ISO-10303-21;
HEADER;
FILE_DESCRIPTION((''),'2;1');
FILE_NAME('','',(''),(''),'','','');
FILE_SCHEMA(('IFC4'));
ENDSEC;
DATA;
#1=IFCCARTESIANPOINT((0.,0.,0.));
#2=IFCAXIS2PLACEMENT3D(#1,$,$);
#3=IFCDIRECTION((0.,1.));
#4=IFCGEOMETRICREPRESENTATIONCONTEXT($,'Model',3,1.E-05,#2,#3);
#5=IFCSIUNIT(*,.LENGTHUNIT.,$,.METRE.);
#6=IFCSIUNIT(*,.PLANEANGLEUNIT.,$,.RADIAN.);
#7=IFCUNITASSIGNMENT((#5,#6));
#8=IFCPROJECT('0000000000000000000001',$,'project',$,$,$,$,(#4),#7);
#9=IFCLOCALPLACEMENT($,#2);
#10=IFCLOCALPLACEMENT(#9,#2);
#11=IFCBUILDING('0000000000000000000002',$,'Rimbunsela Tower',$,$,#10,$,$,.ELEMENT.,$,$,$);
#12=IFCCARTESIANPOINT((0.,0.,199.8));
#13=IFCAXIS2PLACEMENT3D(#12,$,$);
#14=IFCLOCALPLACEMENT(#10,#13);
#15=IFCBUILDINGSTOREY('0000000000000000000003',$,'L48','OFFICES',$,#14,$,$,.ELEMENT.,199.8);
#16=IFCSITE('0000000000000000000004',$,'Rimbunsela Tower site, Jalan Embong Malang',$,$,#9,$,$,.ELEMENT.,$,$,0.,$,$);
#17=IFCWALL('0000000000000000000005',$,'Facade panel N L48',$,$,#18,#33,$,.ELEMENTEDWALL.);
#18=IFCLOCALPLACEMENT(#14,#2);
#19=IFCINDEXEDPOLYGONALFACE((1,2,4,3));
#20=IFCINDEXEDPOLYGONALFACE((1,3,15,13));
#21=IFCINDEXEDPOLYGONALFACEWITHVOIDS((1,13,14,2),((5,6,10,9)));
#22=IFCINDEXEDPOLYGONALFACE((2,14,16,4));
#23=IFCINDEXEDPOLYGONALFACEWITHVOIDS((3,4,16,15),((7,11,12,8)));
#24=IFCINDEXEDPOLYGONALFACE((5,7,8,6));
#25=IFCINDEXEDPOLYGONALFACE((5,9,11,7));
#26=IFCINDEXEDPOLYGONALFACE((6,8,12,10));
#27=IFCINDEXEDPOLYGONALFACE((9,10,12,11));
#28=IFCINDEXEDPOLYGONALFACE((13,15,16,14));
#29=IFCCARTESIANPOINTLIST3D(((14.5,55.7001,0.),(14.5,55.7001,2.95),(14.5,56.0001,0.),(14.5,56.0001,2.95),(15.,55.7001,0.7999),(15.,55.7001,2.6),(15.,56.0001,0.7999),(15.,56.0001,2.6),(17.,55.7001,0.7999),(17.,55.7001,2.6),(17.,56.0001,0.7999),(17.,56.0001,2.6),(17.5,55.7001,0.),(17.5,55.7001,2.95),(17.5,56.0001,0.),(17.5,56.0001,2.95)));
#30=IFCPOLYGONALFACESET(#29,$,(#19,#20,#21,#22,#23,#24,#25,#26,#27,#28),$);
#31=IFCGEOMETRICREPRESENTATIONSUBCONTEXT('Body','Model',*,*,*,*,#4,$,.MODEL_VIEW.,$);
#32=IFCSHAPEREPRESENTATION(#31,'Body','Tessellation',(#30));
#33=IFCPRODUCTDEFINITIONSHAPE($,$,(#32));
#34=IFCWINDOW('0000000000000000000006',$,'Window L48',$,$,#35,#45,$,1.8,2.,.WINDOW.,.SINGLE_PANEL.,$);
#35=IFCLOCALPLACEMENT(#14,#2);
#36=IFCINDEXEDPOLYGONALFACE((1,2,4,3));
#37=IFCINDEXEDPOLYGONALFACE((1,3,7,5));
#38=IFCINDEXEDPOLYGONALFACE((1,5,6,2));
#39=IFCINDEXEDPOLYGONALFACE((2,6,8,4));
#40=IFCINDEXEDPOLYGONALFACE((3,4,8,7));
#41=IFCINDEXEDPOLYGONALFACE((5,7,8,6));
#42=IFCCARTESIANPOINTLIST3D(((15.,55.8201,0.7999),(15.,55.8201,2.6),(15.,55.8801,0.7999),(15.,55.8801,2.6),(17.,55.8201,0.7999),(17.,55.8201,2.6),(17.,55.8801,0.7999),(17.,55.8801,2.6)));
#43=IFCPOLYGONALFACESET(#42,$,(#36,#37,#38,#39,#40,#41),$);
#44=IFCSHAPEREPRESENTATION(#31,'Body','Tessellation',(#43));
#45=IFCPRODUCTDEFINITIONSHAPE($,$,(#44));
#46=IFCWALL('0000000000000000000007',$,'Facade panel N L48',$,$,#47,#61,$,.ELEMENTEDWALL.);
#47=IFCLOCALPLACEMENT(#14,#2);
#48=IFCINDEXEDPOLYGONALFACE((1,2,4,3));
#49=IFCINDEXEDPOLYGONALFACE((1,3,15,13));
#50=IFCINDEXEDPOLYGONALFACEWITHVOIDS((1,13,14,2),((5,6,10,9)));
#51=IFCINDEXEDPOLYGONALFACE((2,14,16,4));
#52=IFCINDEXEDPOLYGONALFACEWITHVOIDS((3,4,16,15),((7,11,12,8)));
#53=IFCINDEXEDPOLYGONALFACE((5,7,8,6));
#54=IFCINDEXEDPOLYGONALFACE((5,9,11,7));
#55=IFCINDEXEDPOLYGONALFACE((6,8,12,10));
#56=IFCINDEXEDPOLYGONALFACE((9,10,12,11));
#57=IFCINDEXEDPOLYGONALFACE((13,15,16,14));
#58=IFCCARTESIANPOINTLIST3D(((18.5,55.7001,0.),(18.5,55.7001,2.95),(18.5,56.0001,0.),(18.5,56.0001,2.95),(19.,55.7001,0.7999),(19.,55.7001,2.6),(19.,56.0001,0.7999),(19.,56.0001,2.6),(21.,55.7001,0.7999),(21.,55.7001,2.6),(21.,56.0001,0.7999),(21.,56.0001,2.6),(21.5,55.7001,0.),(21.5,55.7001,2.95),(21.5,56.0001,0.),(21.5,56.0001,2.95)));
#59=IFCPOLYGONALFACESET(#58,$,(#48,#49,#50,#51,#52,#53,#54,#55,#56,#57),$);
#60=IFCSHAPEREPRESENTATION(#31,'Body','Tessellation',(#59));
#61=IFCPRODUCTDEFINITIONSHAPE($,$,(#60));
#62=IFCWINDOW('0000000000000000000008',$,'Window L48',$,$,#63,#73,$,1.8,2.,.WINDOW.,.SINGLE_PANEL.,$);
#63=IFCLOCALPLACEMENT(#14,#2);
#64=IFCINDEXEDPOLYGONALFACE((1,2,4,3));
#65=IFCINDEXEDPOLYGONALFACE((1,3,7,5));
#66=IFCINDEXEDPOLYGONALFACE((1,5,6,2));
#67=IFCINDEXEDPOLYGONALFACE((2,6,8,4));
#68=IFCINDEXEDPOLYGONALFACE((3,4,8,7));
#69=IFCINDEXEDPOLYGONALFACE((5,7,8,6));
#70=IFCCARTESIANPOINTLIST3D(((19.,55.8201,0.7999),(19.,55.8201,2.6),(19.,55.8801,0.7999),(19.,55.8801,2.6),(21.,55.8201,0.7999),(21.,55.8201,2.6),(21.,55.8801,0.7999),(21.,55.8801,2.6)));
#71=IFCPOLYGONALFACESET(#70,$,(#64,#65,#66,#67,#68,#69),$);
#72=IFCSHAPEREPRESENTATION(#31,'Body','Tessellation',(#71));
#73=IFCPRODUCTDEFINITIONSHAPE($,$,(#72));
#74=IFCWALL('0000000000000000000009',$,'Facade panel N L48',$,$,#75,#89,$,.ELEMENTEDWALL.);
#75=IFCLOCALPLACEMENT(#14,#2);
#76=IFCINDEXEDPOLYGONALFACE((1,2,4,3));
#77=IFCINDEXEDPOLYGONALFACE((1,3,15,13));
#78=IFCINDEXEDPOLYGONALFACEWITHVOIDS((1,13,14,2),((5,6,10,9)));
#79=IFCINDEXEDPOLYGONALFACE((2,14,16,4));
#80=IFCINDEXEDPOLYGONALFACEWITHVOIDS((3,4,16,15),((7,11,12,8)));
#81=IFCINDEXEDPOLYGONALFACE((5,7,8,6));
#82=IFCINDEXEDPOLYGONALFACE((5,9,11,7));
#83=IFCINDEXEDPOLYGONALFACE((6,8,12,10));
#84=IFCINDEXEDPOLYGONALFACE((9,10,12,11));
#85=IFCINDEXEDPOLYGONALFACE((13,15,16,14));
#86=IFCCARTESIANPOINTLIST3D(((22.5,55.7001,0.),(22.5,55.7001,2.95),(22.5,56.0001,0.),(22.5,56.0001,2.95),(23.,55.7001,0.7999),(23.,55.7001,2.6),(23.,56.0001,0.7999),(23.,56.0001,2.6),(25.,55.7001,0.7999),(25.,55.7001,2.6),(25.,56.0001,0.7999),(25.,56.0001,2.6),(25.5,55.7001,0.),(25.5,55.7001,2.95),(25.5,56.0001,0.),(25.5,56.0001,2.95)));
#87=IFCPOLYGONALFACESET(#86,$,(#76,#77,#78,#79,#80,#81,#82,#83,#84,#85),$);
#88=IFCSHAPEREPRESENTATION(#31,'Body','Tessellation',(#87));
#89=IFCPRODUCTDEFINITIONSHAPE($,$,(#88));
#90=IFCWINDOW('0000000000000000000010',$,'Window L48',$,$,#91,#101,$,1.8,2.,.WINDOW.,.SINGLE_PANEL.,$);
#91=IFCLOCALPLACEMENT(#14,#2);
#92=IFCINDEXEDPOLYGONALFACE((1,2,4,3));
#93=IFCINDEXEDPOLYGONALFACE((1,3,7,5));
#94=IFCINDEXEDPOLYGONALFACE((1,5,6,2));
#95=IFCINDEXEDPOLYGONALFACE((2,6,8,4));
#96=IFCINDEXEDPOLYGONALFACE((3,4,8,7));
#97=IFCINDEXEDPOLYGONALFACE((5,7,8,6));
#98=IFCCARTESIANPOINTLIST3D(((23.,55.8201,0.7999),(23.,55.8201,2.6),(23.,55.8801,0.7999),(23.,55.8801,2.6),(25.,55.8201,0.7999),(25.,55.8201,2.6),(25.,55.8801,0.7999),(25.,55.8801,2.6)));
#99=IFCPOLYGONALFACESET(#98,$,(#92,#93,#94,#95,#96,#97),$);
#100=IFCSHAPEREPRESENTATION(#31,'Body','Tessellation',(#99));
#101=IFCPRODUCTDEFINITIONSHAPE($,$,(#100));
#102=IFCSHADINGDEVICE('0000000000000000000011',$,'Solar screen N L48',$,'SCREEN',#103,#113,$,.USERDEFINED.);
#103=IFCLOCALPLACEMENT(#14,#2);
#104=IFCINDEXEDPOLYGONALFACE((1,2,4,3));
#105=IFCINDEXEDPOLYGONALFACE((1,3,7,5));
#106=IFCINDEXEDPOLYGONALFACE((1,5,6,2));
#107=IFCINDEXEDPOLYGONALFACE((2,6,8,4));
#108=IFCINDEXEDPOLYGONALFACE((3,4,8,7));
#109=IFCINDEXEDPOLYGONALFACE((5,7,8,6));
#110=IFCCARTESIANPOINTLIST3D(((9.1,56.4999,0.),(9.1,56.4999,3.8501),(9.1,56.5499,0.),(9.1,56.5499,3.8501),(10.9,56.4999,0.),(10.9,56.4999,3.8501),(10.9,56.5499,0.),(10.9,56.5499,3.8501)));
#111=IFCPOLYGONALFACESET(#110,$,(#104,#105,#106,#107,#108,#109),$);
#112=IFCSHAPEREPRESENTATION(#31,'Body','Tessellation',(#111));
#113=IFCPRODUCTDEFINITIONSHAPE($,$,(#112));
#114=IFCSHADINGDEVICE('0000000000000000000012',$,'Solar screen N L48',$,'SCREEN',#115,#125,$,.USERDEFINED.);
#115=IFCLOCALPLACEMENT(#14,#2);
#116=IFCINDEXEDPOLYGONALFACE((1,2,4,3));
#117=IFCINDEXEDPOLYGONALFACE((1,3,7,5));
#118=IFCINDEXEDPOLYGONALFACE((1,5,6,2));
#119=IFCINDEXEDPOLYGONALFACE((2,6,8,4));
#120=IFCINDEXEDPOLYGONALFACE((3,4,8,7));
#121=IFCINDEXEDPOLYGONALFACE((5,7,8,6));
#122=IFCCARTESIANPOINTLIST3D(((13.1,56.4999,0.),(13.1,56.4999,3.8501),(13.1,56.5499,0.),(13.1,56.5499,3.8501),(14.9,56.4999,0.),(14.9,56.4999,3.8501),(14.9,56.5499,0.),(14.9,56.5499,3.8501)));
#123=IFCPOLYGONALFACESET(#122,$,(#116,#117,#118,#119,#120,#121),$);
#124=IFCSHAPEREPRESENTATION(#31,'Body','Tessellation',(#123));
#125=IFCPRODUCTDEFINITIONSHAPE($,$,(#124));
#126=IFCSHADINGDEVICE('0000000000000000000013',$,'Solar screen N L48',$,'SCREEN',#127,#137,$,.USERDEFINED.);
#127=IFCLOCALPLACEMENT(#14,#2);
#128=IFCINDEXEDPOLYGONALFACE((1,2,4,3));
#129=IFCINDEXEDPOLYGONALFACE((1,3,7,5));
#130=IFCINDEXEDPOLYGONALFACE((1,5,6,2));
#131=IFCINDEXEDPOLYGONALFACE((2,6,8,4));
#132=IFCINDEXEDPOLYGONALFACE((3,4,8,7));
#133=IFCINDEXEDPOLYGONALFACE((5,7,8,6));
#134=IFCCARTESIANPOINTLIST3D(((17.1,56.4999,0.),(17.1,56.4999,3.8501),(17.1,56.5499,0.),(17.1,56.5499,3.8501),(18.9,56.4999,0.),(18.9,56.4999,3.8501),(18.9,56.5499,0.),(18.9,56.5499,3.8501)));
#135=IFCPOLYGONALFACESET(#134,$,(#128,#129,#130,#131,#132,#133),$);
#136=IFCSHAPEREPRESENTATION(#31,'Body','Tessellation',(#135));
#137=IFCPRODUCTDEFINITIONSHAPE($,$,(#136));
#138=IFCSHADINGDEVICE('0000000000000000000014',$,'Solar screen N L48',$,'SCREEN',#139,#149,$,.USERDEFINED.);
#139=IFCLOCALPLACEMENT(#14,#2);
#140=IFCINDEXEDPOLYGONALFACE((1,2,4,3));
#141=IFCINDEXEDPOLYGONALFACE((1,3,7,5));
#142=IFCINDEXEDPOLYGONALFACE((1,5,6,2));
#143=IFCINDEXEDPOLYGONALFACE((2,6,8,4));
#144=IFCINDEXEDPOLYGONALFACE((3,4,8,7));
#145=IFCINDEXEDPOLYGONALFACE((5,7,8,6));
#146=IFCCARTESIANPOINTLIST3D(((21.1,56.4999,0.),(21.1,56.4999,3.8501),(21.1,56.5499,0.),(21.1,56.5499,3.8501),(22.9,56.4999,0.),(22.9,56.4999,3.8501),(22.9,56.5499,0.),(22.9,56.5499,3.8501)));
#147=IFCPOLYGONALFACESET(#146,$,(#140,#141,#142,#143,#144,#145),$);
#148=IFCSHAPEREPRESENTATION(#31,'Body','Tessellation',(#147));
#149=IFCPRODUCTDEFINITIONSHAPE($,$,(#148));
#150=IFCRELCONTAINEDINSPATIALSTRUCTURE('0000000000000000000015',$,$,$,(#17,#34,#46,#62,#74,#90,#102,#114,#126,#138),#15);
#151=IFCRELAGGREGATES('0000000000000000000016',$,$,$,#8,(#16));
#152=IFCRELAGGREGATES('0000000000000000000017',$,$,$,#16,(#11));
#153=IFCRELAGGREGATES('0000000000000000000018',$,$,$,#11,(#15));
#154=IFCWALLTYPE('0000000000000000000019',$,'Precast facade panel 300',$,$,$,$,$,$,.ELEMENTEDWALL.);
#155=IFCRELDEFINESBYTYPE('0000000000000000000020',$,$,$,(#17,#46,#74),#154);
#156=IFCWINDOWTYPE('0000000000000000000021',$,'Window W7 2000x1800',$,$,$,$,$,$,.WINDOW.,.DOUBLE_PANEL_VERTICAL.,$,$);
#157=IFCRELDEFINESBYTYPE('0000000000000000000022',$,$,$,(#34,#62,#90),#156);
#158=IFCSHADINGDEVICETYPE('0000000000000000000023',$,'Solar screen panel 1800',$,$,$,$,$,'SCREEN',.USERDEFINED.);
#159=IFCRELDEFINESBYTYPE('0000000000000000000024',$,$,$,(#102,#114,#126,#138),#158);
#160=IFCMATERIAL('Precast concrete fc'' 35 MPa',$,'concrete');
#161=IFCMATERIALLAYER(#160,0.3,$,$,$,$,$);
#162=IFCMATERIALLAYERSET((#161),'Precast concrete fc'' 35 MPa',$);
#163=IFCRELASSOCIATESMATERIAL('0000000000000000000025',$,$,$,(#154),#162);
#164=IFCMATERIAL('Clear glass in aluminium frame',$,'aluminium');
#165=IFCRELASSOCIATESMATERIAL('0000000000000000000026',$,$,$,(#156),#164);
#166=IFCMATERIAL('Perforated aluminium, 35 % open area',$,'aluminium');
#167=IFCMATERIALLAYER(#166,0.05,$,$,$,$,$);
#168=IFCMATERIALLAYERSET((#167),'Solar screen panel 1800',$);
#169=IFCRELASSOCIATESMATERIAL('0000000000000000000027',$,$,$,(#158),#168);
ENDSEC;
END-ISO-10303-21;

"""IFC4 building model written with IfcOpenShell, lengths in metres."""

from ifc_helpers import new_model, si_unit, direction, frame, frame_2d, origin, origin_2d, place, context, subcontext, project, spatial, rectangle, extrude, material, layer, layer_set, type_object, element, fill, save


model = new_model("IFC4")

# Units and contexts
model_context = context("Model", 3, precision=1e-05, world=origin(), true_north=direction((0.0, 1.0)))
body_context = subcontext(model_context, "Body", "Model", "MODEL_VIEW")
ifc_project = project(units=[si_unit("LENGTHUNIT", "METRE"), si_unit("PLANEANGLEUNIT", "RADIAN")], contexts=[model_context])

# Site, building, storey
site_placement = place(None, origin())
site = spatial("IfcSite", under=ifc_project, at=site_placement, Name="Rimbunsela Tower site, Jalan Embong Malang", CompositionType="ELEMENT", RefElevation=0.0)
building_placement = place(site_placement, origin())
building = spatial("IfcBuilding", under=site, at=building_placement, Name="Rimbunsela Tower", CompositionType="ELEMENT")
storey_placement = place(building_placement, frame((0.0, 0.0, 199.8)))
storey = spatial("IfcBuildingStorey", under=building, at=storey_placement, Name="L48", Description="OFFICES", CompositionType="ELEMENT", Elevation=199.8)

# Shared definitions
ifc_material_1 = material(Name="Precast concrete fc' 35 MPa", Category="concrete")
ifc_layer_1 = layer(ifc_material_1, 0.3)
ifc_layer_set_1 = layer_set([ifc_layer_1], Name="Precast concrete fc' 35 MPa")
wall_type = type_object("IfcWallType", Name="Precast facade panel 300", PredefinedType="ELEMENTEDWALL", material=ifc_layer_set_1)

# Walls, openings, windows
ifc_material_2 = material(Name="Clear glass in aluminium frame", Category="aluminium")
window_type = type_object("IfcWindowType", Name="Window W7 2000x1800", PartitioningType="DOUBLE_PANEL_VERTICAL", PredefinedType="WINDOW", material=ifc_material_2)
wall_1_placement = place(storey_placement, frame((17.5, 55.8501, 0.0), z_axis=(0.0, 0.0, 1.0), x_axis=(-1.0, 0.0, 0.0)))
wall_1 = element("IfcWall", 1, at=wall_1_placement, inside=storey, type_object=wall_type, Name="Facade panel N L48", PredefinedType="ELEMENTEDWALL", context=body_context, shape_type="SweptSolid", body=[
    extrude(rectangle(XDim=3.0, YDim=0.3, at=frame_2d((1.5, 0.0))), origin(), (0.0, 0.0, 1.0), 2.95),
])
opening_1_placement = place(wall_1_placement, frame((0.5, 0.0, 0.8)))
opening_1 = element("IfcOpeningElement", 2, at=opening_1_placement, cuts=wall_1, PredefinedType="OPENING", context=body_context, shape_type="SweptSolid", body=[
    extrude(rectangle(XDim=2.0, YDim=1.8, at=frame_2d((1.0, 0.8999))), frame((0.0, 0.1599, 0.0), z_axis=(0.0, -1.0, 0.0), x_axis=(1.0, 0.0, 0.0)), (0.0, 0.0, 1.0), 0.3201),
])
window_1_placement = place(opening_1_placement, origin())
window_1 = element("IfcWindow", 3, at=window_1_placement, inside=storey, type_object=window_type, Name="Window L48", OverallHeight=1.8, OverallWidth=2.0, PartitioningType="SINGLE_PANEL", PredefinedType="WINDOW", context=body_context, shape_type="SweptSolid", body=[
    extrude(rectangle(XDim=2.0, YDim=1.8, at=frame_2d((1.0, 0.8999))), frame((0.0, 0.03, 0.0), z_axis=(0.0, -1.0, 0.0), x_axis=(1.0, 0.0, 0.0)), (0.0, 0.0, 1.0), 0.0601),
])
fill(opening_1, window_1)
wall_2_placement = place(storey_placement, frame((21.5, 55.8501, 0.0), z_axis=(0.0, 0.0, 1.0), x_axis=(-1.0, 0.0, 0.0)))
wall_2 = element("IfcWall", 4, at=wall_2_placement, inside=storey, type_object=wall_type, Name="Facade panel N L48", PredefinedType="ELEMENTEDWALL", context=body_context, shape_type="SweptSolid", body=[
    extrude(rectangle(XDim=3.0, YDim=0.3, at=frame_2d((1.5, 0.0))), origin(), (0.0, 0.0, 1.0), 2.95),
])
opening_2_placement = place(wall_2_placement, frame((0.5, 0.0, 0.8)))
opening_2 = element("IfcOpeningElement", 5, at=opening_2_placement, cuts=wall_2, PredefinedType="OPENING", context=body_context, shape_type="SweptSolid", body=[
    extrude(rectangle(XDim=2.0, YDim=1.8, at=frame_2d((1.0, 0.8999))), frame((0.0, 0.1599, 0.0), z_axis=(0.0, -1.0, 0.0), x_axis=(1.0, 0.0, 0.0)), (0.0, 0.0, 1.0), 0.3201),
])
window_2_placement = place(opening_2_placement, origin())
window_2 = element("IfcWindow", 6, at=window_2_placement, inside=storey, type_object=window_type, Name="Window L48", OverallHeight=1.8, OverallWidth=2.0, PartitioningType="SINGLE_PANEL", PredefinedType="WINDOW", context=body_context, shape_type="SweptSolid", body=[
    extrude(rectangle(XDim=2.0, YDim=1.8, at=frame_2d((1.0, 0.8999))), frame((0.0, 0.03, 0.0), z_axis=(0.0, -1.0, 0.0), x_axis=(1.0, 0.0, 0.0)), (0.0, 0.0, 1.0), 0.0601),
])
fill(opening_2, window_2)
wall_3_placement = place(storey_placement, frame((25.5, 55.8501, 0.0), z_axis=(0.0, 0.0, 1.0), x_axis=(-1.0, 0.0, 0.0)))
wall_3 = element("IfcWall", 7, at=wall_3_placement, inside=storey, type_object=wall_type, Name="Facade panel N L48", PredefinedType="ELEMENTEDWALL", context=body_context, shape_type="SweptSolid", body=[
    extrude(rectangle(XDim=3.0, YDim=0.3, at=frame_2d((1.5, 0.0))), origin(), (0.0, 0.0, 1.0), 2.95),
])
opening_3_placement = place(wall_3_placement, frame((0.5, 0.0, 0.8)))
opening_3 = element("IfcOpeningElement", 8, at=opening_3_placement, cuts=wall_3, PredefinedType="OPENING", context=body_context, shape_type="SweptSolid", body=[
    extrude(rectangle(XDim=2.0, YDim=1.8, at=frame_2d((1.0, 0.8999))), frame((0.0, 0.1599, 0.0), z_axis=(0.0, -1.0, 0.0), x_axis=(1.0, 0.0, 0.0)), (0.0, 0.0, 1.0), 0.3201),
])
window_3_placement = place(opening_3_placement, origin())
window_3 = element("IfcWindow", 9, at=window_3_placement, inside=storey, type_object=window_type, Name="Window L48", OverallHeight=1.8, OverallWidth=2.0, PartitioningType="SINGLE_PANEL", PredefinedType="WINDOW", context=body_context, shape_type="SweptSolid", body=[
    extrude(rectangle(XDim=2.0, YDim=1.8, at=frame_2d((1.0, 0.8999))), frame((0.0, 0.03, 0.0), z_axis=(0.0, -1.0, 0.0), x_axis=(1.0, 0.0, 0.0)), (0.0, 0.0, 1.0), 0.0601),
])
fill(opening_3, window_3)

# Shading devices
ifc_material_3 = material(Name="Perforated aluminium, 35 % open area", Category="aluminium")
ifc_layer_2 = layer(ifc_material_3, 0.05)
ifc_layer_set_2 = layer_set([ifc_layer_2], Name="Solar screen panel 1800")
shading_device_type = type_object("IfcShadingDeviceType", Name="Solar screen panel 1800", ElementType="SCREEN", PredefinedType="USERDEFINED", material=ifc_layer_set_2)
for number, where, z_axis, x_axis, name in (
    (10, (10.0, 56.5249, 0.0), (0.0, 0.0, 1.0), (1.0, 0.0, 0.0), "Solar screen N L48"),
    (11, (14.0, 56.5249, 0.0), (0.0, 0.0, 1.0), (1.0, 0.0, 0.0), "Solar screen N L48"),
    (12, (18.0, 56.5249, 0.0), (0.0, 0.0, 1.0), (1.0, 0.0, 0.0), "Solar screen N L48"),
    (13, (22.0, 56.5249, 0.0), (0.0, 0.0, 1.0), (1.0, 0.0, 0.0), "Solar screen N L48"),
):
    element("IfcShadingDevice", number, at=place(storey_placement, frame(where, z_axis=z_axis, x_axis=x_axis)), inside=storey, type_object=shading_device_type, Name=name, ObjectType="SCREEN", PredefinedType="USERDEFINED", context=body_context, shape_type="SweptSolid", body=[
        extrude(rectangle(XDim=1.8, YDim=0.05, at=origin_2d()), origin(), (0.0, 0.0, 1.0), 3.8501),
    ])

save(model, "model.ifc")
